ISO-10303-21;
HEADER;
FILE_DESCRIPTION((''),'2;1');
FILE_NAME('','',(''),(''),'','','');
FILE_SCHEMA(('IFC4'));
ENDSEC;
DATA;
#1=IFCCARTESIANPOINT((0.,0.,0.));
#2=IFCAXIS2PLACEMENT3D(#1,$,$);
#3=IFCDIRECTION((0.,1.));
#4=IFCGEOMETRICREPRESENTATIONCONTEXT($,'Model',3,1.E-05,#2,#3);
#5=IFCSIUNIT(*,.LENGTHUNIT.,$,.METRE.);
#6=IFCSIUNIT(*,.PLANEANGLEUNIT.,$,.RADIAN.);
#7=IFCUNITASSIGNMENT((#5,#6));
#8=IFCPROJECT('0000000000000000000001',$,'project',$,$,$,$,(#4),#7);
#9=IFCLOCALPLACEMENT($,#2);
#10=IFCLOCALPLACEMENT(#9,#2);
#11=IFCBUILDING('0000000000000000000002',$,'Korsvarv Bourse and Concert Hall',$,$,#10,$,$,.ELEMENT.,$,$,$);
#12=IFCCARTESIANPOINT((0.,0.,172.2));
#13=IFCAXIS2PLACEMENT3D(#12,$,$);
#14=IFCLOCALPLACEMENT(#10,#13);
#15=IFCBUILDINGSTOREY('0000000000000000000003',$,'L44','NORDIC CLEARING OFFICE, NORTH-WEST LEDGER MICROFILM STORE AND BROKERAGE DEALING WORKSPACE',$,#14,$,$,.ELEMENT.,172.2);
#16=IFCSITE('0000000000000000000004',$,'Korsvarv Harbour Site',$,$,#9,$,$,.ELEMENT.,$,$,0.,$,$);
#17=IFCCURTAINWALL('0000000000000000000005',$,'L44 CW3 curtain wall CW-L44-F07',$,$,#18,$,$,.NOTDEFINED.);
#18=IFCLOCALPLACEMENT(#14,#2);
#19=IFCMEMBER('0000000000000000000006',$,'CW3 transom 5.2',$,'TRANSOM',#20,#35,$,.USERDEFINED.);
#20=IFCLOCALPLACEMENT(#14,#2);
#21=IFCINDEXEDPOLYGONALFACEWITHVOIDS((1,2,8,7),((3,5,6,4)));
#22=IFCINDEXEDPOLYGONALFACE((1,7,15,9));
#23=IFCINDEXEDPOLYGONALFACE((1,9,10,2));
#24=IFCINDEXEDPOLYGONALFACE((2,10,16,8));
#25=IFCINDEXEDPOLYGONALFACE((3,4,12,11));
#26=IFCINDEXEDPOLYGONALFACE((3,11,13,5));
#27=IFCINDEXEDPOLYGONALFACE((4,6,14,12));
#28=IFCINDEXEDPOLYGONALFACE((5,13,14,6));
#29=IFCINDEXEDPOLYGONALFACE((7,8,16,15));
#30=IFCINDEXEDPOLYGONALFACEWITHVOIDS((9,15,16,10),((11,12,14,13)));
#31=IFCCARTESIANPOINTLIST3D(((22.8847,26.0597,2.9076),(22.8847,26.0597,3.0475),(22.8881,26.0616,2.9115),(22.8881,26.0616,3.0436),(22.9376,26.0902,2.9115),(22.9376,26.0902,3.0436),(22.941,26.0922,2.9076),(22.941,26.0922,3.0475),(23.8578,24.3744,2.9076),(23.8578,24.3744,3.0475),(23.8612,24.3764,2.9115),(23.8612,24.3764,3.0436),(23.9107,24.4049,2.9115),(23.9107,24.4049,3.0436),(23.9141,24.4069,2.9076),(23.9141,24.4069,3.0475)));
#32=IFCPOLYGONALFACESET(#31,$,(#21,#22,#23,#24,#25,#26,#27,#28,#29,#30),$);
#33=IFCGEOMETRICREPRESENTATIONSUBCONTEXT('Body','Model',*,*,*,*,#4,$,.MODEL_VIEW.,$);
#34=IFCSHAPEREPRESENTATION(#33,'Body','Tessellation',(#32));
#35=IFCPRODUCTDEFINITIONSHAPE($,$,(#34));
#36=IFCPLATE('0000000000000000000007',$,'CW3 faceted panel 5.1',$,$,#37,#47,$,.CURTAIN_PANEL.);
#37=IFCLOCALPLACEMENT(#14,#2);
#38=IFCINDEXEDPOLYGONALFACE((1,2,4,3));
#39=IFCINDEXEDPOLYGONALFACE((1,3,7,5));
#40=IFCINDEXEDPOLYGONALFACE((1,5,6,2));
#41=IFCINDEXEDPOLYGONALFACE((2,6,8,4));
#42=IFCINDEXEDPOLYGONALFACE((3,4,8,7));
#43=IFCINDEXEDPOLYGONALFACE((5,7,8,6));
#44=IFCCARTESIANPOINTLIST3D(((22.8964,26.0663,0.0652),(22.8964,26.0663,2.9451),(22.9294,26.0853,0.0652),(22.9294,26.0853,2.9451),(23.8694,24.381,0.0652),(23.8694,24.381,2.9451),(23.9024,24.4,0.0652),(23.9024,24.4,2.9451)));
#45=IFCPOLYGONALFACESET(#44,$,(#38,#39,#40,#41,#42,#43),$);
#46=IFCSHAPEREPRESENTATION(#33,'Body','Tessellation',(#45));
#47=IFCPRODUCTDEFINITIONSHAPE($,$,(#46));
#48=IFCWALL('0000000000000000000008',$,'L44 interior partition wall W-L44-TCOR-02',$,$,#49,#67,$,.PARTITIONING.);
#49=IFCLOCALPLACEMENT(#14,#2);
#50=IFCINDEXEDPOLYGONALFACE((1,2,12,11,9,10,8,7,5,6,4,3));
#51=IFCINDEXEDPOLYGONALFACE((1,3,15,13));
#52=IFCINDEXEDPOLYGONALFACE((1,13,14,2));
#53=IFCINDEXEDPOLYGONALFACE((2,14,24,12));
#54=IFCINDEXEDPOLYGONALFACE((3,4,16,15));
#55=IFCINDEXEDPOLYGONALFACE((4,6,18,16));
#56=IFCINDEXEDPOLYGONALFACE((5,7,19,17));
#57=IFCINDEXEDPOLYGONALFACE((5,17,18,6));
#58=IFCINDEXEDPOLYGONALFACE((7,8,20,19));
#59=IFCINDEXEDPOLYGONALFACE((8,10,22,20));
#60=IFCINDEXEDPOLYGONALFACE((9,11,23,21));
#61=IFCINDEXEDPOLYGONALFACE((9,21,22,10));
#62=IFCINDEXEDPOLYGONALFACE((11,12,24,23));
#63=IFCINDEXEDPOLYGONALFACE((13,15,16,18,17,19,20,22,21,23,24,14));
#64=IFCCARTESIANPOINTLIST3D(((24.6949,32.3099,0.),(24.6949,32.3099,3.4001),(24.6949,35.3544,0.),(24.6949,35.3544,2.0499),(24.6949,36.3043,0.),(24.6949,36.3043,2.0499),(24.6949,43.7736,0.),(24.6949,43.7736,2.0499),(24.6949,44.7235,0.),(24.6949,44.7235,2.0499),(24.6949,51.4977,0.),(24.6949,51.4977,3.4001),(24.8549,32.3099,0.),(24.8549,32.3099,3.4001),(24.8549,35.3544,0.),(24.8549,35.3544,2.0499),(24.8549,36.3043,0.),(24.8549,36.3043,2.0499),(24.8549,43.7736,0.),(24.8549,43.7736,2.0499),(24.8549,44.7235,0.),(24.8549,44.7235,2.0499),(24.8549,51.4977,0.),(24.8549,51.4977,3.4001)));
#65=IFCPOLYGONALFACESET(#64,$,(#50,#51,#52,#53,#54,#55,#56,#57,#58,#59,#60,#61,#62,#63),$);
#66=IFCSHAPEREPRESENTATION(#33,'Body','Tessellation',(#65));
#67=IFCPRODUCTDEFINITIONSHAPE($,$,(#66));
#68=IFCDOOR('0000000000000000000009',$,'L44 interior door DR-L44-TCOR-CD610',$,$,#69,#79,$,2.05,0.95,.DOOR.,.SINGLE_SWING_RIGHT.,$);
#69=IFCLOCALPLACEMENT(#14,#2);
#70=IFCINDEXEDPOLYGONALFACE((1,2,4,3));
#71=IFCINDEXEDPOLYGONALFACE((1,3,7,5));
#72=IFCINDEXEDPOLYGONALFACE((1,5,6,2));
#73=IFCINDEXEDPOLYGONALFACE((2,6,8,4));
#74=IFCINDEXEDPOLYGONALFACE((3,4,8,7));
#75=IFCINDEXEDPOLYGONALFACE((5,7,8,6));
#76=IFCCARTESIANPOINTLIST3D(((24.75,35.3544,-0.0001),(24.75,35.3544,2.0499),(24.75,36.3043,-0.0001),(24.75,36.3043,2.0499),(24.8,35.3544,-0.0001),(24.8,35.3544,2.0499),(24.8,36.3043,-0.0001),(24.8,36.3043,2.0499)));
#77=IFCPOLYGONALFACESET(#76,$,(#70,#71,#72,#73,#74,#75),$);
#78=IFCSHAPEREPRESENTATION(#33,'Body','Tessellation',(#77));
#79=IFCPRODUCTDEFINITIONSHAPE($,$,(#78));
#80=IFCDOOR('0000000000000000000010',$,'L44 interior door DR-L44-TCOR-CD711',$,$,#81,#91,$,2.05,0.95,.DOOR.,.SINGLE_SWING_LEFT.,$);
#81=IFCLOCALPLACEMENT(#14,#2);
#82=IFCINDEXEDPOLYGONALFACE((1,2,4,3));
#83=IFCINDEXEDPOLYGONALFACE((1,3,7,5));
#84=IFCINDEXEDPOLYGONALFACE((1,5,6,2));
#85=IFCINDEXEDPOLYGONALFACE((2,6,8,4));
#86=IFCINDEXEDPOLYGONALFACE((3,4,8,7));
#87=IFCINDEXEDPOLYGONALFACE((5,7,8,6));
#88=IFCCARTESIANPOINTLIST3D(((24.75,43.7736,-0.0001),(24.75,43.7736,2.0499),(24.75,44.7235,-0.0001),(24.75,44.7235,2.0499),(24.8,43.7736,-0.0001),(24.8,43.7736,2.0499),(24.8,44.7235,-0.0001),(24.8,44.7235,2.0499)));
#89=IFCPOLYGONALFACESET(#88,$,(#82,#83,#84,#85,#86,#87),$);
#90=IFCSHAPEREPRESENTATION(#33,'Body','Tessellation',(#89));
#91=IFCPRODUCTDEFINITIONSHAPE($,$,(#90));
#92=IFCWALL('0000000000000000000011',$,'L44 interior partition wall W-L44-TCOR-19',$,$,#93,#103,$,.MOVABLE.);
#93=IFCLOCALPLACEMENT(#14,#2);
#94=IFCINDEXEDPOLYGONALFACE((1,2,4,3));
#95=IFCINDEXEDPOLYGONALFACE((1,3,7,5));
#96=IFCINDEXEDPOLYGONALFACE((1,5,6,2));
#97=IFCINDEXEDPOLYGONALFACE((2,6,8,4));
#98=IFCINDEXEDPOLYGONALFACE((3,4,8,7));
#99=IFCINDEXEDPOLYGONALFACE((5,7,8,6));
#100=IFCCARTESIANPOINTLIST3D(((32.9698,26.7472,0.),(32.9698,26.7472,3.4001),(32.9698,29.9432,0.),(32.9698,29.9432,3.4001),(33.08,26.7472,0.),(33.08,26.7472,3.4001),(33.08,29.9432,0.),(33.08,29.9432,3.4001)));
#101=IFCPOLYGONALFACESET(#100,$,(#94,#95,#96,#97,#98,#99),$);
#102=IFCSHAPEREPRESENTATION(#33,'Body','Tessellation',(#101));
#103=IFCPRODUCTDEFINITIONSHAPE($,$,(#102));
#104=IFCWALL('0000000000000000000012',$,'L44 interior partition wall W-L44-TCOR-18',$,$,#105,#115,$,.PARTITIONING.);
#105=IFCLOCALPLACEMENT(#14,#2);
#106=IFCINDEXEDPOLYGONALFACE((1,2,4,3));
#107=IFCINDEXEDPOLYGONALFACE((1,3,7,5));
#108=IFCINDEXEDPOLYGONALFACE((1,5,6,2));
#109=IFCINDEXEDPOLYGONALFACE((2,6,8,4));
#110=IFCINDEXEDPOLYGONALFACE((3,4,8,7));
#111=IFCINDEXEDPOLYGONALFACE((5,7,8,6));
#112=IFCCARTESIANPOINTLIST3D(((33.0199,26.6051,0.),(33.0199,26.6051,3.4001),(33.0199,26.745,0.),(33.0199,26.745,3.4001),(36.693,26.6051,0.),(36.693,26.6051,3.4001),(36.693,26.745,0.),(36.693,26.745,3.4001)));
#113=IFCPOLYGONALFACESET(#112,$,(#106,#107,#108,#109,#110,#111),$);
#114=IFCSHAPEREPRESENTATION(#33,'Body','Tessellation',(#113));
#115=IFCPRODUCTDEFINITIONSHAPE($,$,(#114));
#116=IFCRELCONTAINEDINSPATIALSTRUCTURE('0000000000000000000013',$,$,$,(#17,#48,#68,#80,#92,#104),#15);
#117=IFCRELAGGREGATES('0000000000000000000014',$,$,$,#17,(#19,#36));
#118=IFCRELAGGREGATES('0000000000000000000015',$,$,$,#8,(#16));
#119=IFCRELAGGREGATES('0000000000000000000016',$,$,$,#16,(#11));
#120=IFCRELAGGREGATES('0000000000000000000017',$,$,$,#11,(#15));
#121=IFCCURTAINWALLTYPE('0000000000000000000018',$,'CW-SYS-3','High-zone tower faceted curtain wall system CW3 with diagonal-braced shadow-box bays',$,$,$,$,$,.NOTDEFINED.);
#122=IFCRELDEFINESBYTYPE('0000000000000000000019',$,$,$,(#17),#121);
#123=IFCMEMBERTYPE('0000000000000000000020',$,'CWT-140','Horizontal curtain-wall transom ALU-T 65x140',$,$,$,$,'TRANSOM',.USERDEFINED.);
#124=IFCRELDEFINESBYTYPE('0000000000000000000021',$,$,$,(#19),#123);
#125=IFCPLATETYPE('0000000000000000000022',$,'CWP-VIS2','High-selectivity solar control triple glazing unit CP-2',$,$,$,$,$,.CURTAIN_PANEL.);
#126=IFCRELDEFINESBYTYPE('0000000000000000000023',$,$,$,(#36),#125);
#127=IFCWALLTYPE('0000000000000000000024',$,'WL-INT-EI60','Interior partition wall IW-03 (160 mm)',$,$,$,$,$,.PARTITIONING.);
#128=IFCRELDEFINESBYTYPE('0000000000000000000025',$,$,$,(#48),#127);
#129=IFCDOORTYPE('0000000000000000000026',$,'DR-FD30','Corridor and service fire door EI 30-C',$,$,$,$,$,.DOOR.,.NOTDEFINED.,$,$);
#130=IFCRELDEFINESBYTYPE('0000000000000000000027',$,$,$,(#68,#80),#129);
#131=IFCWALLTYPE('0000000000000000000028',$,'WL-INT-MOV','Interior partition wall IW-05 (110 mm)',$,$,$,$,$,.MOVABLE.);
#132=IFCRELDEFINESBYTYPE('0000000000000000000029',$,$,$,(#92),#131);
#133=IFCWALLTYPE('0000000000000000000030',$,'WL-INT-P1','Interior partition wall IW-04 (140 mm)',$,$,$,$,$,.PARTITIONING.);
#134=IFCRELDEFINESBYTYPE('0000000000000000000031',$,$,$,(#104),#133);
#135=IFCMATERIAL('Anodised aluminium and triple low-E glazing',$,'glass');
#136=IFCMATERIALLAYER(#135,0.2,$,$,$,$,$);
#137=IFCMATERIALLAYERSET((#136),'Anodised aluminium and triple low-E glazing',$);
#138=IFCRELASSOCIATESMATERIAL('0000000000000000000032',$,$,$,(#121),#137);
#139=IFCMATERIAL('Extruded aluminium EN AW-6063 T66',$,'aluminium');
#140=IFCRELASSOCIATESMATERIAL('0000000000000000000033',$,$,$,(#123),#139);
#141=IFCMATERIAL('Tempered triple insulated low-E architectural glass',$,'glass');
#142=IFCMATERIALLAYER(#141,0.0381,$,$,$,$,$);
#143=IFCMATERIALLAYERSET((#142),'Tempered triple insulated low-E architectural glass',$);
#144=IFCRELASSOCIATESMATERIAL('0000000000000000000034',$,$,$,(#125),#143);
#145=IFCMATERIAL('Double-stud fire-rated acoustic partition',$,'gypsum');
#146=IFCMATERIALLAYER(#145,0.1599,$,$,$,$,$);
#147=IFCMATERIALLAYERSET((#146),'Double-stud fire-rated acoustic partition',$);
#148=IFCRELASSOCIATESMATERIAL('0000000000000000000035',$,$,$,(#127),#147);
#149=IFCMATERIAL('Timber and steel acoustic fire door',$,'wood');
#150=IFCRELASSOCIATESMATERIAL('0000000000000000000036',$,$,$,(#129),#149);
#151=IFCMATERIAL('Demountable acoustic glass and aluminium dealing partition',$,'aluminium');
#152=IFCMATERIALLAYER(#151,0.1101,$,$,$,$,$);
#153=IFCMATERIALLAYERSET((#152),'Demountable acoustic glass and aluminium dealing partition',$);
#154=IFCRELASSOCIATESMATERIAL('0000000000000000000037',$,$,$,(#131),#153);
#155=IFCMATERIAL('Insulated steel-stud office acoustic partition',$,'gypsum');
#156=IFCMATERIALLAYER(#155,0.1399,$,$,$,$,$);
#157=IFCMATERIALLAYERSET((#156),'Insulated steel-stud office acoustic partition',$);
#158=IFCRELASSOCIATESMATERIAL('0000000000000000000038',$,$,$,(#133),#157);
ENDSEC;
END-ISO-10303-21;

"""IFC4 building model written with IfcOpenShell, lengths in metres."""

from ifc_helpers import new_model, si_unit, direction, frame, frame_2d, origin, origin_2d, place, context, subcontext, project, spatial, rectangle, hollow_rectangle, extrude, source, transform, mapped, material, layer, layer_set, material_profile, profile_set, type_object, element, fill, aggregate, save


model = new_model("IFC4")

# Units and contexts
model_context = context("Model", 3, precision=1e-05, world=origin(), true_north=direction((0.0, 1.0)))
body_context = subcontext(model_context, "Body", "Model", "MODEL_VIEW")
ifc_project = project(units=[si_unit("LENGTHUNIT", "METRE"), si_unit("PLANEANGLEUNIT", "RADIAN")], contexts=[model_context])

# Site, building, storey
site_placement = place(None, origin())
site = spatial("IfcSite", under=ifc_project, at=site_placement, Name="Korsvarv Harbour Site", CompositionType="ELEMENT", RefElevation=0.0)
building_placement = place(site_placement, origin())
building = spatial("IfcBuilding", under=site, at=building_placement, Name="Korsvarv Bourse and Concert Hall", CompositionType="ELEMENT")
storey_placement = place(building_placement, frame((0.0, 0.0, 172.2)))
storey = spatial("IfcBuildingStorey", under=building, at=storey_placement, Name="L44", Description="NORDIC CLEARING OFFICE, NORTH-WEST LEDGER MICROFILM STORE AND BROKERAGE DEALING WORKSPACE", CompositionType="ELEMENT", Elevation=172.2)

# Curtain wall, member, plate
ifc_material_1 = material(Name="Anodised aluminium and triple low-E glazing", Category="glass")
ifc_layer_1 = layer(ifc_material_1, 0.2)
ifc_layer_set_1 = layer_set([ifc_layer_1], Name="Anodised aluminium and triple low-E glazing")
curtain_wall_type = type_object("IfcCurtainWallType", Name="CW-SYS-3", Description="High-zone tower faceted curtain wall system CW3 with diagonal-braced shadow-box bays", PredefinedType="NOTDEFINED", material=ifc_layer_set_1)
curtain_wall_placement = place(storey_placement, origin())
curtain_wall = element("IfcCurtainWall", 1, at=curtain_wall_placement, inside=storey, type_object=curtain_wall_type, Name="L44 CW3 curtain wall CW-L44-F07", PredefinedType="NOTDEFINED")
ifc_material_2 = material(Name="Extruded aluminium EN AW-6063 T66", Category="aluminium")
ifc_material_profile_1 = material_profile(ifc_material_2, hollow_rectangle(XDim=0.0649, YDim=0.1399, WallThickness=0.0039, at=origin_2d()), Name="ALU-T 65x140")
ifc_profile_set_1 = profile_set([ifc_material_profile_1], Name="Extruded aluminium EN AW-6063 T66")
member_type_1 = type_object("IfcMemberType", Name="CWT-140", Description="Horizontal curtain-wall transom ALU-T 65x140", ElementType="TRANSOM", PredefinedType="USERDEFINED", material=ifc_profile_set_1)
shared_shape_1 = source(origin(), body_context, "Body", "SweptSolid", [
    extrude(hollow_rectangle(XDim=0.0649, YDim=0.1399, WallThickness=0.0039, at=origin_2d()), origin(), (0.0, 0.0, 1.0), 1.946),
])
member_1_placement = place(storey_placement, frame((22.9128, 26.0759, 2.9775), z_axis=(0.500052, -0.865995, 0.0), x_axis=(0.865995, 0.500052, 0.0)))
member_1 = element("IfcMember", 2, at=member_1_placement, type_object=member_type_1, Name="CW3 transom 5.2", ObjectType="TRANSOM", PredefinedType="USERDEFINED", context=body_context, shape_type="MappedRepresentation", body=[
    mapped(shared_shape_1, transform((0.0, 0.0, 0.0), scale=1.0)),
])
ifc_material_3 = material(Name="Tempered triple insulated low-E architectural glass", Category="glass")
ifc_layer_2 = layer(ifc_material_3, 0.0381)
ifc_layer_set_2 = layer_set([ifc_layer_2], Name="Tempered triple insulated low-E architectural glass")
plate_type = type_object("IfcPlateType", Name="CWP-VIS2", Description="High-selectivity solar control triple glazing unit CP-2", PredefinedType="CURTAIN_PANEL", material=ifc_layer_set_2)
shared_shape_2 = source(origin(), body_context, "Body", "SweptSolid", [
    extrude(rectangle(XDim=1.946, YDim=0.0381, at=origin_2d()), origin(), (0.0, 0.0, 1.0), 2.8799),
])
plate_placement = place(storey_placement, frame((23.3994, 25.2332, 0.0652), z_axis=(0.0, 0.0, 1.0), x_axis=(0.499994, -0.866029, 0.0)))
plate = element("IfcPlate", 3, at=plate_placement, type_object=plate_type, Name="CW3 faceted panel 5.1", PredefinedType="CURTAIN_PANEL", context=body_context, shape_type="MappedRepresentation", body=[
    mapped(shared_shape_2, transform((0.0, 0.0, 0.0), scale=1.0)),
])
aggregate(curtain_wall, [member_1, plate])

# Wall, openings, doors
ifc_material_4 = material(Name="Double-stud fire-rated acoustic partition", Category="gypsum")
ifc_layer_3 = layer(ifc_material_4, 0.1599)
ifc_layer_set_3 = layer_set([ifc_layer_3], Name="Double-stud fire-rated acoustic partition")
wall_type_1 = type_object("IfcWallType", Name="WL-INT-EI60", Description="Interior partition wall IW-03 (160 mm)", PredefinedType="PARTITIONING", material=ifc_layer_set_3)
wall_1_placement = place(storey_placement, frame((24.7749, 32.3101, 0.0), z_axis=(0.0, 0.0, 1.0), x_axis=(0.0, 1.0, 0.0)))
wall_1 = element("IfcWall", 4, at=wall_1_placement, inside=storey, type_object=wall_type_1, Name="L44 interior partition wall W-L44-TCOR-02", PredefinedType="PARTITIONING", context=body_context, shape_type="SweptSolid", body=[
    extrude(rectangle(XDim=19.1877, YDim=0.1599, at=frame_2d((9.5938, 0.0))), origin(), (0.0, 0.0, 1.0), 3.4001),
])
opening_1_placement = place(wall_1_placement, frame((3.0442, 0.0, 0.0)))
opening_1 = element("IfcOpeningElement", 5, at=opening_1_placement, cuts=wall_1, PredefinedType="OPENING", context=body_context, shape_type="SweptSolid", body=[
    extrude(rectangle(XDim=0.95, YDim=2.05, at=frame_2d((0.4751, 1.0249))), frame((0.0, 0.0898, 0.0), z_axis=(0.0, -1.0, 0.0), x_axis=(1.0, 0.0, 0.0)), (0.0, 0.0, 1.0), 0.1799),
])
opening_2_placement = place(wall_1_placement, frame((11.4634, 0.0, 0.0)))
opening_2 = element("IfcOpeningElement", 6, at=opening_2_placement, cuts=wall_1, PredefinedType="OPENING", context=body_context, shape_type="SweptSolid", body=[
    extrude(rectangle(XDim=0.95, YDim=2.05, at=frame_2d((0.4751, 1.0249))), frame((0.0, 0.0898, 0.0), z_axis=(0.0, -1.0, 0.0), x_axis=(1.0, 0.0, 0.0)), (0.0, 0.0, 1.0), 0.1799),
])
ifc_material_5 = material(Name="Timber and steel acoustic fire door", Category="wood")
door_type = type_object("IfcDoorType", Name="DR-FD30", Description="Corridor and service fire door EI 30-C", OperationType="NOTDEFINED", PredefinedType="DOOR", material=ifc_material_5)
door_1_placement = place(opening_1_placement, origin())
door_1 = element("IfcDoor", 7, at=door_1_placement, inside=storey, type_object=door_type, Name="L44 interior door DR-L44-TCOR-CD610", OperationType="SINGLE_SWING_RIGHT", OverallHeight=2.05, OverallWidth=0.95, PredefinedType="DOOR", context=body_context, shape_type="SweptSolid", body=[
    extrude(rectangle(XDim=0.95, YDim=2.05, at=frame_2d((0.4751, 1.0249))), frame((0.0, 0.0249, 0.0), z_axis=(0.0, -1.0, 0.0), x_axis=(1.0, 0.0, 0.0)), (0.0, 0.0, 1.0), 0.05),
])
fill(opening_1, door_1)
door_2_placement = place(opening_2_placement, origin())
door_2 = element("IfcDoor", 8, at=door_2_placement, inside=storey, type_object=door_type, Name="L44 interior door DR-L44-TCOR-CD711", OperationType="SINGLE_SWING_LEFT", OverallHeight=2.05, OverallWidth=0.95, PredefinedType="DOOR", context=body_context, shape_type="SweptSolid", body=[
    extrude(rectangle(XDim=0.95, YDim=2.05, at=frame_2d((0.4751, 1.0249))), frame((0.0, 0.0249, 0.0), z_axis=(0.0, -1.0, 0.0), x_axis=(1.0, 0.0, 0.0)), (0.0, 0.0, 1.0), 0.05),
])
fill(opening_2, door_2)

# Walls
ifc_material_6 = material(Name="Demountable acoustic glass and aluminium dealing partition", Category="aluminium")
ifc_layer_4 = layer(ifc_material_6, 0.1101)
ifc_layer_set_4 = layer_set([ifc_layer_4], Name="Demountable acoustic glass and aluminium dealing partition")
wall_type_2 = type_object("IfcWallType", Name="WL-INT-MOV", Description="Interior partition wall IW-05 (110 mm)", PredefinedType="MOVABLE", material=ifc_layer_set_4)
wall_2_placement = place(storey_placement, frame((33.0249, 26.7471, 0.0), z_axis=(0.0, 0.0, 1.0), x_axis=(0.0, 1.0, 0.0)))
element("IfcWall", 9, at=wall_2_placement, inside=storey, type_object=wall_type_2, Name="L44 interior partition wall W-L44-TCOR-19", PredefinedType="MOVABLE", context=body_context, shape_type="SweptSolid", body=[
    extrude(rectangle(XDim=3.196, YDim=0.1101, at=frame_2d((1.5981, 0.0))), origin(), (0.0, 0.0, 1.0), 3.4001),
])
ifc_material_7 = material(Name="Insulated steel-stud office acoustic partition", Category="gypsum")
ifc_layer_5 = layer(ifc_material_7, 0.1399)
ifc_layer_set_5 = layer_set([ifc_layer_5], Name="Insulated steel-stud office acoustic partition")
wall_type_3 = type_object("IfcWallType", Name="WL-INT-P1", Description="Interior partition wall IW-04 (140 mm)", PredefinedType="PARTITIONING", material=ifc_layer_set_5)
wall_3_placement = place(storey_placement, frame((33.02, 26.675, 0.0), z_axis=(0.0, 0.0, 1.0), x_axis=(1.0, 0.0, 0.0)))
element("IfcWall", 10, at=wall_3_placement, inside=storey, type_object=wall_type_3, Name="L44 interior partition wall W-L44-TCOR-18", PredefinedType="PARTITIONING", context=body_context, shape_type="SweptSolid", body=[
    extrude(rectangle(XDim=3.6731, YDim=0.1399, at=frame_2d((1.8364, 0.0))), origin(), (0.0, 0.0, 1.0), 3.4001),
])

save(model, "model.ifc")
